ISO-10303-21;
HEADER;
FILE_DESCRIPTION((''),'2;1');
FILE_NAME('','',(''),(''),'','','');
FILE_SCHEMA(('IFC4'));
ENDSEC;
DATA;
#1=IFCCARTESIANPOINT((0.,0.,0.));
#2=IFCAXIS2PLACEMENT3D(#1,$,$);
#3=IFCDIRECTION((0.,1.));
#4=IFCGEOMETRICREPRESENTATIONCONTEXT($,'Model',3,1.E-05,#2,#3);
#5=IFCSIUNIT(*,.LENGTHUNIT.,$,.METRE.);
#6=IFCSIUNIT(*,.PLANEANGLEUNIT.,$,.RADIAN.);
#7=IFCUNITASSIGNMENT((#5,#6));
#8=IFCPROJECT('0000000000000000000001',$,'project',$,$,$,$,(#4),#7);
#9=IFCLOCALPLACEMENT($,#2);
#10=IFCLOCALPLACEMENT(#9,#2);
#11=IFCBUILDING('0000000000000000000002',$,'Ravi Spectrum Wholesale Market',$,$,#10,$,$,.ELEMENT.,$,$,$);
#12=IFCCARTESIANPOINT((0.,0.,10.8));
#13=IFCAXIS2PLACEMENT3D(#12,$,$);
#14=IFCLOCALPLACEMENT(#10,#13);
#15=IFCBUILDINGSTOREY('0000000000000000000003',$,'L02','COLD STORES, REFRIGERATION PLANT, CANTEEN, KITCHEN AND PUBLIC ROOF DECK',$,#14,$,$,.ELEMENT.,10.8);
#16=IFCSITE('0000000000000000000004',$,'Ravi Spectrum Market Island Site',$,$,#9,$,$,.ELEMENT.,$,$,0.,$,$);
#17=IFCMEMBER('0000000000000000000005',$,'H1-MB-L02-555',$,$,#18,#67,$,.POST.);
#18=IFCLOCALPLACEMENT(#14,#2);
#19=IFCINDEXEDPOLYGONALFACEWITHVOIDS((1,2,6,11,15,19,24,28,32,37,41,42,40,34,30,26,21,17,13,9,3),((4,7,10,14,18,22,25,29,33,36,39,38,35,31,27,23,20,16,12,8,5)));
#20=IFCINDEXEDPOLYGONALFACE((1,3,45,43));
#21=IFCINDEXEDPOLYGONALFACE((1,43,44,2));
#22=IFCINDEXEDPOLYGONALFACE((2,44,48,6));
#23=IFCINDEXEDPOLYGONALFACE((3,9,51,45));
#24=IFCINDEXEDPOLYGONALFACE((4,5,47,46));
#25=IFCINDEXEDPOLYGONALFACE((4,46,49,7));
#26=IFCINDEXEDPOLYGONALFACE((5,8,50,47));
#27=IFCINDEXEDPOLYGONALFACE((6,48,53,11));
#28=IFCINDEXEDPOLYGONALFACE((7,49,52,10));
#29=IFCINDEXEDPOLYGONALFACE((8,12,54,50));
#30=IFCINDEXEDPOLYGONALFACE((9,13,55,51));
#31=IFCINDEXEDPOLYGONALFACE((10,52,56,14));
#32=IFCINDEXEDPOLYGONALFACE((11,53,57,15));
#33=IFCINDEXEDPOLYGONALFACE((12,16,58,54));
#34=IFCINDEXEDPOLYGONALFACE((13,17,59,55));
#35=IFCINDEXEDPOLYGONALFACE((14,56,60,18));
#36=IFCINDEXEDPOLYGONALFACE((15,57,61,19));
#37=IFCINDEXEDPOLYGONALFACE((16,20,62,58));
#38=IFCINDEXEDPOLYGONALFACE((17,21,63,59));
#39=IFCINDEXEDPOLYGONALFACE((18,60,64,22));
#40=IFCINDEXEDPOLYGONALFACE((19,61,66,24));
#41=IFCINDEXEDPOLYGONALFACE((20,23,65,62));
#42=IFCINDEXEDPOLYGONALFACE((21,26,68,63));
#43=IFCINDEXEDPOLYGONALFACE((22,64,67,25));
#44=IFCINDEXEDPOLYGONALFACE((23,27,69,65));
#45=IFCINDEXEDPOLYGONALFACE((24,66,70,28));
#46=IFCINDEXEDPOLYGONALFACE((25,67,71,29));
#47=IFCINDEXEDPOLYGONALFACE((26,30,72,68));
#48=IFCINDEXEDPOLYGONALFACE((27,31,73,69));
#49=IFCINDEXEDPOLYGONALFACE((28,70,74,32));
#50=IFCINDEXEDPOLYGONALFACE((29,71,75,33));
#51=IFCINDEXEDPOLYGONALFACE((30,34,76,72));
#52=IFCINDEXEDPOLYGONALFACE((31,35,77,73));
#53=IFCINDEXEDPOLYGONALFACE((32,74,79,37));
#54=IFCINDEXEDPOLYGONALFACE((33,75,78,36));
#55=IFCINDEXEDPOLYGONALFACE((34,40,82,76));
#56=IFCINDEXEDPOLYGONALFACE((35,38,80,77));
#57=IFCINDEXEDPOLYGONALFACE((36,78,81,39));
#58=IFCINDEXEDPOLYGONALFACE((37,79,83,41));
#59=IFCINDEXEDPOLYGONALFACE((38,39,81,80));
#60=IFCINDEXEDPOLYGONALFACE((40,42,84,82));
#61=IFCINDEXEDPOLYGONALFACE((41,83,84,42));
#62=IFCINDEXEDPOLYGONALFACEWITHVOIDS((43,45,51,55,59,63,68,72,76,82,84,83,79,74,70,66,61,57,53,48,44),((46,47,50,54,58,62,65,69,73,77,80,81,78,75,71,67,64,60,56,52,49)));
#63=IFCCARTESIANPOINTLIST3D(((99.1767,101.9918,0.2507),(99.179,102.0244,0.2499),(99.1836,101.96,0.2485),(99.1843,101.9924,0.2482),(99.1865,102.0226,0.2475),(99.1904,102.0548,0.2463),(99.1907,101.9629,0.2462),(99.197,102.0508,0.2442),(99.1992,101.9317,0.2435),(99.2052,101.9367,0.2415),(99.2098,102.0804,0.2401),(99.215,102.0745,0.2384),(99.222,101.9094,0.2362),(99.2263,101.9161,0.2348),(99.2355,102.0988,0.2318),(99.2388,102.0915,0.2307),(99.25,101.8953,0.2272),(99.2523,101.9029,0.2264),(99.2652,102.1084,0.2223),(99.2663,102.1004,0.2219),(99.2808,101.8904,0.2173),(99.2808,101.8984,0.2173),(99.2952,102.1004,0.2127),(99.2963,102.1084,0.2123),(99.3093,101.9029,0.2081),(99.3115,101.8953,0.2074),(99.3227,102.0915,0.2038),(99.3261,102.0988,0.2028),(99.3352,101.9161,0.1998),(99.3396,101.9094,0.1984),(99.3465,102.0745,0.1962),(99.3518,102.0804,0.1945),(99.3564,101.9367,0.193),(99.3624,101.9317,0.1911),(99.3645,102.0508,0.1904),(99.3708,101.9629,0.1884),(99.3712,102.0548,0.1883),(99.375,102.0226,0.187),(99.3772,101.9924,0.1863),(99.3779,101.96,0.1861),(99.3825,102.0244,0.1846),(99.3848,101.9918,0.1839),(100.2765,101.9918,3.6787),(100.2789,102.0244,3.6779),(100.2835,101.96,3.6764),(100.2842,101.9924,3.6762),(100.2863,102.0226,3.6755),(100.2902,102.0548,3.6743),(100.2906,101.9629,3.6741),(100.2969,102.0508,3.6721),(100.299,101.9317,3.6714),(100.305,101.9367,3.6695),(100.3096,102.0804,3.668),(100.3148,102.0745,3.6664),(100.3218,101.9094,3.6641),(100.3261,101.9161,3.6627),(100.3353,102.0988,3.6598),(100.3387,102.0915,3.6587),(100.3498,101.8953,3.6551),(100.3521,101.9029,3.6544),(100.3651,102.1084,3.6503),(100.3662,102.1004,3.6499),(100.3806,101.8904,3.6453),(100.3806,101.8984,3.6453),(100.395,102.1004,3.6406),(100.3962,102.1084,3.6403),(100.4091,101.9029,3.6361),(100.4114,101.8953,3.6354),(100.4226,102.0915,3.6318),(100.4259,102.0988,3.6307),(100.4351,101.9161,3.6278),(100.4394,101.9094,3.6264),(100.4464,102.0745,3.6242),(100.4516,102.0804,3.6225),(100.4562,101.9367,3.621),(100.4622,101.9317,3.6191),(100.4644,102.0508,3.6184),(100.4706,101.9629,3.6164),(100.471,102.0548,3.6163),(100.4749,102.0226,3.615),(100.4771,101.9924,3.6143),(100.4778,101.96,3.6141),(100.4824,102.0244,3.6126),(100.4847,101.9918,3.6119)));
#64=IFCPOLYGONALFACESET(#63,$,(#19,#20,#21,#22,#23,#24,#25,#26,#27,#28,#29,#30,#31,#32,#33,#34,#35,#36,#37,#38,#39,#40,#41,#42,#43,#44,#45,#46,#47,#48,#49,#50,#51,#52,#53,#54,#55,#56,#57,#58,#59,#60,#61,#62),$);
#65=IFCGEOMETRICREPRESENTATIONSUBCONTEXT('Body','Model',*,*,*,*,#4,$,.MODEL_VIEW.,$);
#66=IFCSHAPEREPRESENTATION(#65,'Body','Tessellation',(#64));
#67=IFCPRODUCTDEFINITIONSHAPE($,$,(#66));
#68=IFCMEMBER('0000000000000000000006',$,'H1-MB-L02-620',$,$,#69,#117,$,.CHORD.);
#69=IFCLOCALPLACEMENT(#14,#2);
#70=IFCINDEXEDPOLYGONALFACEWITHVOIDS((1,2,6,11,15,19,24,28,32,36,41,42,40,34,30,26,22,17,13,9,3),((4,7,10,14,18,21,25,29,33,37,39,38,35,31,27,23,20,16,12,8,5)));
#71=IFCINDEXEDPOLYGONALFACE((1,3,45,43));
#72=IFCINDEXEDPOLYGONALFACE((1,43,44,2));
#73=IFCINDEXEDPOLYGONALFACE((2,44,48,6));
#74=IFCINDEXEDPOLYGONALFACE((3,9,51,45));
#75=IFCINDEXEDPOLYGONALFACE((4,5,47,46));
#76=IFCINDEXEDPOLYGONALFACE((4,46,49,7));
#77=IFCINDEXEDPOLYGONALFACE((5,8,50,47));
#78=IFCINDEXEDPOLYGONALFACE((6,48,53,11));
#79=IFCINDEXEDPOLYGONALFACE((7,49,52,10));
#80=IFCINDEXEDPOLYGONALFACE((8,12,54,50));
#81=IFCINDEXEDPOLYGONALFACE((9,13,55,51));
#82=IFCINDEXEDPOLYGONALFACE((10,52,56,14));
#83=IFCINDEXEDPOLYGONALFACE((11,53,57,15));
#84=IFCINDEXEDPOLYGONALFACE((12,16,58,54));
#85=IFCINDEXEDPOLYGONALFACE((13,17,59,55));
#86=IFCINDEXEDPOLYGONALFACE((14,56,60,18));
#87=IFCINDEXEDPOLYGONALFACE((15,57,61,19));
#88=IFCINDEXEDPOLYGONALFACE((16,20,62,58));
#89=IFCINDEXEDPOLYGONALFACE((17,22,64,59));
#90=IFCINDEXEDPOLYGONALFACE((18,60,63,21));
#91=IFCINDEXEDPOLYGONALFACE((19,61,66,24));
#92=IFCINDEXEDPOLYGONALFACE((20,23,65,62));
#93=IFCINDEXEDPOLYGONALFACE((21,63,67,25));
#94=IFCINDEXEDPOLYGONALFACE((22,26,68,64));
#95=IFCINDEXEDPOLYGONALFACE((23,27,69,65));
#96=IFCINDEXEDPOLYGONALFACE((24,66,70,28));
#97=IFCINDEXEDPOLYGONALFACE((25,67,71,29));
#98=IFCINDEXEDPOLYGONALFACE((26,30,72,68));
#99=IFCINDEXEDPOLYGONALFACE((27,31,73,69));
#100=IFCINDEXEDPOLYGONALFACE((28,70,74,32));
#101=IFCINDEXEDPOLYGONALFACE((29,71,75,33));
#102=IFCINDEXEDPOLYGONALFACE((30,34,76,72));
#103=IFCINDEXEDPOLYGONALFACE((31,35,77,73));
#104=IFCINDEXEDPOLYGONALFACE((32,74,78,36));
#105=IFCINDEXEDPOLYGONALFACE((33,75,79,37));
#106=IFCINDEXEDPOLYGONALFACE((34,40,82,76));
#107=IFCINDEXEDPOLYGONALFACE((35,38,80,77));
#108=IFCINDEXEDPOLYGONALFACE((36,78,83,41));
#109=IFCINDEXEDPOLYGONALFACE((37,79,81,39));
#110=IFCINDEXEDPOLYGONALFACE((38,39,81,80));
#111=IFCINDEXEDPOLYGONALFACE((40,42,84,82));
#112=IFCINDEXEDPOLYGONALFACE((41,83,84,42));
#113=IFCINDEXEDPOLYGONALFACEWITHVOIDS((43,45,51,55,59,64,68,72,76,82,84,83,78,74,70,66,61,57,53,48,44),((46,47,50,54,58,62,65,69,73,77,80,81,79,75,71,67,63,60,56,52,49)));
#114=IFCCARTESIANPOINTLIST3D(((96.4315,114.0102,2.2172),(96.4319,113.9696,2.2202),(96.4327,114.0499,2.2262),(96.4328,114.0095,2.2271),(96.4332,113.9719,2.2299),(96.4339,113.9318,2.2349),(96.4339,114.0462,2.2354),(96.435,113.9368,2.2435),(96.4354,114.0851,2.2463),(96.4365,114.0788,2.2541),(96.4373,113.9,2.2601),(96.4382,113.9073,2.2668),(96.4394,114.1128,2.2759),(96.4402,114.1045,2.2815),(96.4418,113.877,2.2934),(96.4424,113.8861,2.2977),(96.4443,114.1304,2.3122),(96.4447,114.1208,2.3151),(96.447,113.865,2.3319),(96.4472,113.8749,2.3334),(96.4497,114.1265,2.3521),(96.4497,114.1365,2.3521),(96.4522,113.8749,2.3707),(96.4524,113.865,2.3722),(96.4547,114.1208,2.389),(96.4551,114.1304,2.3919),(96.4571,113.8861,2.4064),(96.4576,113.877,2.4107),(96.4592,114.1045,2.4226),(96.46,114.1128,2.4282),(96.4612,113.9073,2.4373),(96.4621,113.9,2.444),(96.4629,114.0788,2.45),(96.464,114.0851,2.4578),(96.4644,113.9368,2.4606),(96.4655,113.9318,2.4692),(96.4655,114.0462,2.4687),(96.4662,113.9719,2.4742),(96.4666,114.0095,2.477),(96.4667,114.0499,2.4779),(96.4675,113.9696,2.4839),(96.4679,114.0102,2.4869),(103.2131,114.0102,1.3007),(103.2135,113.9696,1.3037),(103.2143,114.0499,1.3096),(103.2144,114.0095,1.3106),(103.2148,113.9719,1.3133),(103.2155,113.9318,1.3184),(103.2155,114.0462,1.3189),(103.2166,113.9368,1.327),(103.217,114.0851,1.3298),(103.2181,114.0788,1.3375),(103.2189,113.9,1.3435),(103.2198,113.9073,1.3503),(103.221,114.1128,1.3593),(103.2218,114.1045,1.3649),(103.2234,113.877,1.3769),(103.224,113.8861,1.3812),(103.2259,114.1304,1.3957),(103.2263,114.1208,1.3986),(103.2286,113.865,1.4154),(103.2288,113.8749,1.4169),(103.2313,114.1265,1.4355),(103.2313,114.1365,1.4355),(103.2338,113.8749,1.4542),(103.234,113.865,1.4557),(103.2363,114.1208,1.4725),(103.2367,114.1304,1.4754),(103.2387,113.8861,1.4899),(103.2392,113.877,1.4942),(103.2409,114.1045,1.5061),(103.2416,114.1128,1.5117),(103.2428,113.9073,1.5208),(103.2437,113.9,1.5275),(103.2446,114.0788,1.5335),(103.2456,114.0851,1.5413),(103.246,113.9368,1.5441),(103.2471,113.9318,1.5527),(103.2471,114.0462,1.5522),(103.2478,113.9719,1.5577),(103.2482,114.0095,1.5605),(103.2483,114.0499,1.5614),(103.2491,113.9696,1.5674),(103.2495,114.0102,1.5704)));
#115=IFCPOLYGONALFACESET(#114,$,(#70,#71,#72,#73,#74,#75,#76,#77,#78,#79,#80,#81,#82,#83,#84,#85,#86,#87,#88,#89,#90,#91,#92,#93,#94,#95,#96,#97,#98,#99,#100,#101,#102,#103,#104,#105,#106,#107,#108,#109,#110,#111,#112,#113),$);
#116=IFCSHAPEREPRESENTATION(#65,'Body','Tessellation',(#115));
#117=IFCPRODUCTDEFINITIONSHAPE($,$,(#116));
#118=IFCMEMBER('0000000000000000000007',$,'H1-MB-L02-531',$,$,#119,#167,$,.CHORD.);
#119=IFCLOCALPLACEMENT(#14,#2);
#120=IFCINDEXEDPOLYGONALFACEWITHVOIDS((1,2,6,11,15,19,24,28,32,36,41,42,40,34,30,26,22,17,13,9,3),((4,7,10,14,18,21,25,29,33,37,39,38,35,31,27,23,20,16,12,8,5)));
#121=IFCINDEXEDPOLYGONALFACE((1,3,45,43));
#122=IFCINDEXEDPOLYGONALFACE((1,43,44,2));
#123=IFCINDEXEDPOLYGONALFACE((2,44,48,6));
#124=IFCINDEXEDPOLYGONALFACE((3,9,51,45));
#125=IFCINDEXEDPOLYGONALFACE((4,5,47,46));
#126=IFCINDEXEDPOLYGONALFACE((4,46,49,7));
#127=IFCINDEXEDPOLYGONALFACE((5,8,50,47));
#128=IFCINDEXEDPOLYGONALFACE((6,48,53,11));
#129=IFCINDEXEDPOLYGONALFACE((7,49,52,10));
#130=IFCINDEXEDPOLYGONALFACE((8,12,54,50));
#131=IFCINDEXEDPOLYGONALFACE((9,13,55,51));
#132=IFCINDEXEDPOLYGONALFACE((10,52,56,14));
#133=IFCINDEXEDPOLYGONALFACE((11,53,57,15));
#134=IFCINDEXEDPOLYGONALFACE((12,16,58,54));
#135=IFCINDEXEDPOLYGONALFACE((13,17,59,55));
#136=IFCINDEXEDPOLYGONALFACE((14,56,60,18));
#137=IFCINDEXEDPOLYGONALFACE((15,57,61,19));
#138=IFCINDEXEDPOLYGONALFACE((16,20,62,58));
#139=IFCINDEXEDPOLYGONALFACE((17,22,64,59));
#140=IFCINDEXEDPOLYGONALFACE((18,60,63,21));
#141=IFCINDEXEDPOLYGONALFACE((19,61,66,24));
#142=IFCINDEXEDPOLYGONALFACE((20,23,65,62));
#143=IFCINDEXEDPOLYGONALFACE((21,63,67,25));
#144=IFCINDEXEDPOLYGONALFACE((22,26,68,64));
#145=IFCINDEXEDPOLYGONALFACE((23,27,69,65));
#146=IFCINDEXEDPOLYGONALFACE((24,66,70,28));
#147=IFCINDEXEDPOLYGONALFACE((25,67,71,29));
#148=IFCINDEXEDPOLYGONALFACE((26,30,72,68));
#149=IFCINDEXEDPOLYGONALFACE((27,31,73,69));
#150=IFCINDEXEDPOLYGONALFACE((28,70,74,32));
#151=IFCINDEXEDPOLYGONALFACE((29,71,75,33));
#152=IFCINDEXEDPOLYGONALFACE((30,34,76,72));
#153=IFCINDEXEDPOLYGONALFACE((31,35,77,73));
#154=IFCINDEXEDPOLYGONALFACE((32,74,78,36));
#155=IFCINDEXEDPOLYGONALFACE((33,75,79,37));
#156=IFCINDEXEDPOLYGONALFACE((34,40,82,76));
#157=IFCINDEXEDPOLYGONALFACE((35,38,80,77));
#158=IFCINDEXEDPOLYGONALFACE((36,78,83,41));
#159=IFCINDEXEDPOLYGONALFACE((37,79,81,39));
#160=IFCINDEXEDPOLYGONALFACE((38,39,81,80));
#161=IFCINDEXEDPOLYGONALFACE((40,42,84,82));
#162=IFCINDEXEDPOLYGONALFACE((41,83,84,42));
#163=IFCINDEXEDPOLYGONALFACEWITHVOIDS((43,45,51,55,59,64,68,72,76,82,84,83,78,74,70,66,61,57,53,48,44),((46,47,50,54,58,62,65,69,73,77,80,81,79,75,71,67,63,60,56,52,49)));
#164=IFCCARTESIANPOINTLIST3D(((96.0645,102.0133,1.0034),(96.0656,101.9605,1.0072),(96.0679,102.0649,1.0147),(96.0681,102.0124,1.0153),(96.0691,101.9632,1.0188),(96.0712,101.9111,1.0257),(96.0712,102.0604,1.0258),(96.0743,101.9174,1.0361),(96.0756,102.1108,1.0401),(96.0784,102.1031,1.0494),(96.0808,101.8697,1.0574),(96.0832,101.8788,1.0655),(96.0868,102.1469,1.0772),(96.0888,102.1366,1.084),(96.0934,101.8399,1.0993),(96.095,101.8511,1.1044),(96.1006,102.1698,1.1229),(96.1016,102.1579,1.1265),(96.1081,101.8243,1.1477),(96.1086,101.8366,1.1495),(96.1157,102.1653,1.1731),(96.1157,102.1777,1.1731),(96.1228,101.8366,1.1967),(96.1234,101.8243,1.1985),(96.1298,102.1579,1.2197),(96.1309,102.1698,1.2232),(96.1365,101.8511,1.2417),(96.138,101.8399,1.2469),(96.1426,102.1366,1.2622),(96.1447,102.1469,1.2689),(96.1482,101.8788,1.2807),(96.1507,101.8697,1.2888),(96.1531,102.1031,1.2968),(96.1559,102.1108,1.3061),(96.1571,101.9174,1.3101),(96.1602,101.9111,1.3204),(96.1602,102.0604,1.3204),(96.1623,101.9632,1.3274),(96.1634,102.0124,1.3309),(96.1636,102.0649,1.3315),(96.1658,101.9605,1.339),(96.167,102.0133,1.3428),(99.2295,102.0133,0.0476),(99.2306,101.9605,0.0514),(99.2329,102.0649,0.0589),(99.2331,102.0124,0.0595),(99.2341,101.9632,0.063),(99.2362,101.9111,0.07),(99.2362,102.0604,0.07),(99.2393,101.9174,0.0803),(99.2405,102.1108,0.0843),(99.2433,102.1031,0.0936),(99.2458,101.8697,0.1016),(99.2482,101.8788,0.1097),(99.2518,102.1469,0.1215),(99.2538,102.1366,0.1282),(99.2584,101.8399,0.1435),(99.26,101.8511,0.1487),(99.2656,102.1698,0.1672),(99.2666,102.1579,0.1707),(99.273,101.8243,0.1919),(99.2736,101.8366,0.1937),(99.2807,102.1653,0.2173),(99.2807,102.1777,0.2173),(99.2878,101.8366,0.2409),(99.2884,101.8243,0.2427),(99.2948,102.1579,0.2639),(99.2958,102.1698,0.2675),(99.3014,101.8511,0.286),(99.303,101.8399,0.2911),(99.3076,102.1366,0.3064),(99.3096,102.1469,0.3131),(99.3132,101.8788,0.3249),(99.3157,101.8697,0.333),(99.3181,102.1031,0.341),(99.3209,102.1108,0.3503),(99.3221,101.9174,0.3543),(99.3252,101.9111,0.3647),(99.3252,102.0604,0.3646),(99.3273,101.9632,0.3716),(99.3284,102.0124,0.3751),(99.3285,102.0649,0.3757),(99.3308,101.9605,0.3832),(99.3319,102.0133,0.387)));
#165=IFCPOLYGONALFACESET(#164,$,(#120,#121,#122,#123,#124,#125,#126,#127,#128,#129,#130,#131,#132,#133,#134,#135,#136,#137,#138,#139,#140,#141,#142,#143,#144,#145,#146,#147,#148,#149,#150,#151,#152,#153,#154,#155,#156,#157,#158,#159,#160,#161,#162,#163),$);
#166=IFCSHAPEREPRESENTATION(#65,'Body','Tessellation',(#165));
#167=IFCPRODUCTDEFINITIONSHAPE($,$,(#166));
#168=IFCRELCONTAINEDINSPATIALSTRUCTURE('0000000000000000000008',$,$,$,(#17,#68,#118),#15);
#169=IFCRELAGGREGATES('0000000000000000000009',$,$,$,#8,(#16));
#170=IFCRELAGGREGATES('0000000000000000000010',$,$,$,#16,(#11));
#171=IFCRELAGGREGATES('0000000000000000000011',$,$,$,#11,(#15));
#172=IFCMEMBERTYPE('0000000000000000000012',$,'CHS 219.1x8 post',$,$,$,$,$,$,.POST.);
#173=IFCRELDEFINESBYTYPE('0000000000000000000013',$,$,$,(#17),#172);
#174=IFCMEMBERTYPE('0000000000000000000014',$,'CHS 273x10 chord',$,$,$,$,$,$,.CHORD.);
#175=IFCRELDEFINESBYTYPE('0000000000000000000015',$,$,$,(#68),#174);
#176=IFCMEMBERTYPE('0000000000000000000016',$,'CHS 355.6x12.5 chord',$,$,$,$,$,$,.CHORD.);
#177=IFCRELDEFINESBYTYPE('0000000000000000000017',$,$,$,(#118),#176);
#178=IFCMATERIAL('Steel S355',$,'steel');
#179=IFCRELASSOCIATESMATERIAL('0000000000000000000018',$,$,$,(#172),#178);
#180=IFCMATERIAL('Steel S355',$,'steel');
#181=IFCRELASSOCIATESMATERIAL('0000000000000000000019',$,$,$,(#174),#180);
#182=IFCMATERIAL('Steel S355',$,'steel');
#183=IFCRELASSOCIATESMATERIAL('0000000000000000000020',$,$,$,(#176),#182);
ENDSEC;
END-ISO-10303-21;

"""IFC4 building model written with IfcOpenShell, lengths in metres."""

from ifc_helpers import new_model, si_unit, direction, frame, origin, origin_2d, place, context, subcontext, project, spatial, hollow_circle, extrude, material, material_profile, profile_set, type_object, element, save


model = new_model("IFC4")

# Units and contexts
model_context = context("Model", 3, precision=1e-05, world=origin(), true_north=direction((0.0, 1.0)))
body_context = subcontext(model_context, "Body", "Model", "MODEL_VIEW")
ifc_project = project(units=[si_unit("LENGTHUNIT", "METRE"), si_unit("PLANEANGLEUNIT", "RADIAN")], contexts=[model_context])

# Site, building, storey
site_placement = place(None, origin())
site = spatial("IfcSite", under=ifc_project, at=site_placement, Name="Ravi Spectrum Market Island Site", CompositionType="ELEMENT", RefElevation=0.0)
building_placement = place(site_placement, origin())
building = spatial("IfcBuilding", under=site, at=building_placement, Name="Ravi Spectrum Wholesale Market", CompositionType="ELEMENT")
storey_placement = place(building_placement, frame((0.0, 0.0, 10.8)))
storey = spatial("IfcBuildingStorey", under=building, at=storey_placement, Name="L02", Description="COLD STORES, REFRIGERATION PLANT, CANTEEN, KITCHEN AND PUBLIC ROOF DECK", CompositionType="ELEMENT", Elevation=10.8)

# Members
ifc_material_1 = material(Name="Steel S355", Category="steel")
ifc_material_profile_1 = material_profile(ifc_material_1, hollow_circle(Radius=0.1096, WallThickness=0.0081, at=origin_2d()))
ifc_profile_set_1 = profile_set([ifc_material_profile_1], Name="Steel S355")
member_type_1 = type_object("IfcMemberType", Name="CHS 219.1x8 post", PredefinedType="POST", material=ifc_profile_set_1)
member_1_placement = place(storey_placement, frame((100.3806, 102.0, 3.6453), z_axis=(-0.305506, 0.0, -0.95219), x_axis=(0.0, -1.0, 0.0)))
element("IfcMember", 1, at=member_1_placement, inside=storey, type_object=member_type_1, Name="H1-MB-L02-555", PredefinedType="POST", context=body_context, shape_type="SweptSolid", body=[
    extrude(hollow_circle(Radius=0.1096, WallThickness=0.0081, at=origin_2d()), origin(), (0.0, 0.0, 1.0), 3.6001),
])
ifc_material_2 = material(Name="Steel S355", Category="steel")
ifc_material_profile_2 = material_profile(ifc_material_2, hollow_circle(Radius=0.1365, WallThickness=0.01, at=origin_2d()))
ifc_profile_set_2 = profile_set([ifc_material_profile_2], Name="Steel S355")
member_type_2 = type_object("IfcMemberType", Name="CHS 273x10 chord", PredefinedType="CHORD", material=ifc_profile_set_2)
member_2_placement = place(storey_placement, frame((96.4497, 114.0, 2.3521), z_axis=(0.990991, 0.0, -0.13393), x_axis=(0.0, 1.0, 0.0)))
element("IfcMember", 2, at=member_2_placement, inside=storey, type_object=member_type_2, Name="H1-MB-L02-620", PredefinedType="CHORD", context=body_context, shape_type="SweptSolid", body=[
    extrude(hollow_circle(Radius=0.1365, WallThickness=0.01, at=origin_2d()), origin(), (0.0, 0.0, 1.0), 6.8433),
])
ifc_material_3 = material(Name="Steel S355", Category="steel")
ifc_material_profile_3 = material_profile(ifc_material_3, hollow_circle(Radius=0.1777, WallThickness=0.0125, at=origin_2d()))
ifc_profile_set_3 = profile_set([ifc_material_profile_3], Name="Steel S355")
member_type_3 = type_object("IfcMemberType", Name="CHS 355.6x12.5 chord", PredefinedType="CHORD", material=ifc_profile_set_3)
member_3_placement = place(storey_placement, frame((96.1157, 102.0, 1.1731), z_axis=(0.9573, 0.0, -0.289095), x_axis=(0.0, 1.0, 0.0)))
element("IfcMember", 3, at=member_3_placement, inside=storey, type_object=member_type_3, Name="H1-MB-L02-531", PredefinedType="CHORD", context=body_context, shape_type="SweptSolid", body=[
    extrude(hollow_circle(Radius=0.1777, WallThickness=0.0125, at=origin_2d()), origin(), (0.0, 0.0, 1.0), 3.3062),
])

save(model, "model.ifc")
